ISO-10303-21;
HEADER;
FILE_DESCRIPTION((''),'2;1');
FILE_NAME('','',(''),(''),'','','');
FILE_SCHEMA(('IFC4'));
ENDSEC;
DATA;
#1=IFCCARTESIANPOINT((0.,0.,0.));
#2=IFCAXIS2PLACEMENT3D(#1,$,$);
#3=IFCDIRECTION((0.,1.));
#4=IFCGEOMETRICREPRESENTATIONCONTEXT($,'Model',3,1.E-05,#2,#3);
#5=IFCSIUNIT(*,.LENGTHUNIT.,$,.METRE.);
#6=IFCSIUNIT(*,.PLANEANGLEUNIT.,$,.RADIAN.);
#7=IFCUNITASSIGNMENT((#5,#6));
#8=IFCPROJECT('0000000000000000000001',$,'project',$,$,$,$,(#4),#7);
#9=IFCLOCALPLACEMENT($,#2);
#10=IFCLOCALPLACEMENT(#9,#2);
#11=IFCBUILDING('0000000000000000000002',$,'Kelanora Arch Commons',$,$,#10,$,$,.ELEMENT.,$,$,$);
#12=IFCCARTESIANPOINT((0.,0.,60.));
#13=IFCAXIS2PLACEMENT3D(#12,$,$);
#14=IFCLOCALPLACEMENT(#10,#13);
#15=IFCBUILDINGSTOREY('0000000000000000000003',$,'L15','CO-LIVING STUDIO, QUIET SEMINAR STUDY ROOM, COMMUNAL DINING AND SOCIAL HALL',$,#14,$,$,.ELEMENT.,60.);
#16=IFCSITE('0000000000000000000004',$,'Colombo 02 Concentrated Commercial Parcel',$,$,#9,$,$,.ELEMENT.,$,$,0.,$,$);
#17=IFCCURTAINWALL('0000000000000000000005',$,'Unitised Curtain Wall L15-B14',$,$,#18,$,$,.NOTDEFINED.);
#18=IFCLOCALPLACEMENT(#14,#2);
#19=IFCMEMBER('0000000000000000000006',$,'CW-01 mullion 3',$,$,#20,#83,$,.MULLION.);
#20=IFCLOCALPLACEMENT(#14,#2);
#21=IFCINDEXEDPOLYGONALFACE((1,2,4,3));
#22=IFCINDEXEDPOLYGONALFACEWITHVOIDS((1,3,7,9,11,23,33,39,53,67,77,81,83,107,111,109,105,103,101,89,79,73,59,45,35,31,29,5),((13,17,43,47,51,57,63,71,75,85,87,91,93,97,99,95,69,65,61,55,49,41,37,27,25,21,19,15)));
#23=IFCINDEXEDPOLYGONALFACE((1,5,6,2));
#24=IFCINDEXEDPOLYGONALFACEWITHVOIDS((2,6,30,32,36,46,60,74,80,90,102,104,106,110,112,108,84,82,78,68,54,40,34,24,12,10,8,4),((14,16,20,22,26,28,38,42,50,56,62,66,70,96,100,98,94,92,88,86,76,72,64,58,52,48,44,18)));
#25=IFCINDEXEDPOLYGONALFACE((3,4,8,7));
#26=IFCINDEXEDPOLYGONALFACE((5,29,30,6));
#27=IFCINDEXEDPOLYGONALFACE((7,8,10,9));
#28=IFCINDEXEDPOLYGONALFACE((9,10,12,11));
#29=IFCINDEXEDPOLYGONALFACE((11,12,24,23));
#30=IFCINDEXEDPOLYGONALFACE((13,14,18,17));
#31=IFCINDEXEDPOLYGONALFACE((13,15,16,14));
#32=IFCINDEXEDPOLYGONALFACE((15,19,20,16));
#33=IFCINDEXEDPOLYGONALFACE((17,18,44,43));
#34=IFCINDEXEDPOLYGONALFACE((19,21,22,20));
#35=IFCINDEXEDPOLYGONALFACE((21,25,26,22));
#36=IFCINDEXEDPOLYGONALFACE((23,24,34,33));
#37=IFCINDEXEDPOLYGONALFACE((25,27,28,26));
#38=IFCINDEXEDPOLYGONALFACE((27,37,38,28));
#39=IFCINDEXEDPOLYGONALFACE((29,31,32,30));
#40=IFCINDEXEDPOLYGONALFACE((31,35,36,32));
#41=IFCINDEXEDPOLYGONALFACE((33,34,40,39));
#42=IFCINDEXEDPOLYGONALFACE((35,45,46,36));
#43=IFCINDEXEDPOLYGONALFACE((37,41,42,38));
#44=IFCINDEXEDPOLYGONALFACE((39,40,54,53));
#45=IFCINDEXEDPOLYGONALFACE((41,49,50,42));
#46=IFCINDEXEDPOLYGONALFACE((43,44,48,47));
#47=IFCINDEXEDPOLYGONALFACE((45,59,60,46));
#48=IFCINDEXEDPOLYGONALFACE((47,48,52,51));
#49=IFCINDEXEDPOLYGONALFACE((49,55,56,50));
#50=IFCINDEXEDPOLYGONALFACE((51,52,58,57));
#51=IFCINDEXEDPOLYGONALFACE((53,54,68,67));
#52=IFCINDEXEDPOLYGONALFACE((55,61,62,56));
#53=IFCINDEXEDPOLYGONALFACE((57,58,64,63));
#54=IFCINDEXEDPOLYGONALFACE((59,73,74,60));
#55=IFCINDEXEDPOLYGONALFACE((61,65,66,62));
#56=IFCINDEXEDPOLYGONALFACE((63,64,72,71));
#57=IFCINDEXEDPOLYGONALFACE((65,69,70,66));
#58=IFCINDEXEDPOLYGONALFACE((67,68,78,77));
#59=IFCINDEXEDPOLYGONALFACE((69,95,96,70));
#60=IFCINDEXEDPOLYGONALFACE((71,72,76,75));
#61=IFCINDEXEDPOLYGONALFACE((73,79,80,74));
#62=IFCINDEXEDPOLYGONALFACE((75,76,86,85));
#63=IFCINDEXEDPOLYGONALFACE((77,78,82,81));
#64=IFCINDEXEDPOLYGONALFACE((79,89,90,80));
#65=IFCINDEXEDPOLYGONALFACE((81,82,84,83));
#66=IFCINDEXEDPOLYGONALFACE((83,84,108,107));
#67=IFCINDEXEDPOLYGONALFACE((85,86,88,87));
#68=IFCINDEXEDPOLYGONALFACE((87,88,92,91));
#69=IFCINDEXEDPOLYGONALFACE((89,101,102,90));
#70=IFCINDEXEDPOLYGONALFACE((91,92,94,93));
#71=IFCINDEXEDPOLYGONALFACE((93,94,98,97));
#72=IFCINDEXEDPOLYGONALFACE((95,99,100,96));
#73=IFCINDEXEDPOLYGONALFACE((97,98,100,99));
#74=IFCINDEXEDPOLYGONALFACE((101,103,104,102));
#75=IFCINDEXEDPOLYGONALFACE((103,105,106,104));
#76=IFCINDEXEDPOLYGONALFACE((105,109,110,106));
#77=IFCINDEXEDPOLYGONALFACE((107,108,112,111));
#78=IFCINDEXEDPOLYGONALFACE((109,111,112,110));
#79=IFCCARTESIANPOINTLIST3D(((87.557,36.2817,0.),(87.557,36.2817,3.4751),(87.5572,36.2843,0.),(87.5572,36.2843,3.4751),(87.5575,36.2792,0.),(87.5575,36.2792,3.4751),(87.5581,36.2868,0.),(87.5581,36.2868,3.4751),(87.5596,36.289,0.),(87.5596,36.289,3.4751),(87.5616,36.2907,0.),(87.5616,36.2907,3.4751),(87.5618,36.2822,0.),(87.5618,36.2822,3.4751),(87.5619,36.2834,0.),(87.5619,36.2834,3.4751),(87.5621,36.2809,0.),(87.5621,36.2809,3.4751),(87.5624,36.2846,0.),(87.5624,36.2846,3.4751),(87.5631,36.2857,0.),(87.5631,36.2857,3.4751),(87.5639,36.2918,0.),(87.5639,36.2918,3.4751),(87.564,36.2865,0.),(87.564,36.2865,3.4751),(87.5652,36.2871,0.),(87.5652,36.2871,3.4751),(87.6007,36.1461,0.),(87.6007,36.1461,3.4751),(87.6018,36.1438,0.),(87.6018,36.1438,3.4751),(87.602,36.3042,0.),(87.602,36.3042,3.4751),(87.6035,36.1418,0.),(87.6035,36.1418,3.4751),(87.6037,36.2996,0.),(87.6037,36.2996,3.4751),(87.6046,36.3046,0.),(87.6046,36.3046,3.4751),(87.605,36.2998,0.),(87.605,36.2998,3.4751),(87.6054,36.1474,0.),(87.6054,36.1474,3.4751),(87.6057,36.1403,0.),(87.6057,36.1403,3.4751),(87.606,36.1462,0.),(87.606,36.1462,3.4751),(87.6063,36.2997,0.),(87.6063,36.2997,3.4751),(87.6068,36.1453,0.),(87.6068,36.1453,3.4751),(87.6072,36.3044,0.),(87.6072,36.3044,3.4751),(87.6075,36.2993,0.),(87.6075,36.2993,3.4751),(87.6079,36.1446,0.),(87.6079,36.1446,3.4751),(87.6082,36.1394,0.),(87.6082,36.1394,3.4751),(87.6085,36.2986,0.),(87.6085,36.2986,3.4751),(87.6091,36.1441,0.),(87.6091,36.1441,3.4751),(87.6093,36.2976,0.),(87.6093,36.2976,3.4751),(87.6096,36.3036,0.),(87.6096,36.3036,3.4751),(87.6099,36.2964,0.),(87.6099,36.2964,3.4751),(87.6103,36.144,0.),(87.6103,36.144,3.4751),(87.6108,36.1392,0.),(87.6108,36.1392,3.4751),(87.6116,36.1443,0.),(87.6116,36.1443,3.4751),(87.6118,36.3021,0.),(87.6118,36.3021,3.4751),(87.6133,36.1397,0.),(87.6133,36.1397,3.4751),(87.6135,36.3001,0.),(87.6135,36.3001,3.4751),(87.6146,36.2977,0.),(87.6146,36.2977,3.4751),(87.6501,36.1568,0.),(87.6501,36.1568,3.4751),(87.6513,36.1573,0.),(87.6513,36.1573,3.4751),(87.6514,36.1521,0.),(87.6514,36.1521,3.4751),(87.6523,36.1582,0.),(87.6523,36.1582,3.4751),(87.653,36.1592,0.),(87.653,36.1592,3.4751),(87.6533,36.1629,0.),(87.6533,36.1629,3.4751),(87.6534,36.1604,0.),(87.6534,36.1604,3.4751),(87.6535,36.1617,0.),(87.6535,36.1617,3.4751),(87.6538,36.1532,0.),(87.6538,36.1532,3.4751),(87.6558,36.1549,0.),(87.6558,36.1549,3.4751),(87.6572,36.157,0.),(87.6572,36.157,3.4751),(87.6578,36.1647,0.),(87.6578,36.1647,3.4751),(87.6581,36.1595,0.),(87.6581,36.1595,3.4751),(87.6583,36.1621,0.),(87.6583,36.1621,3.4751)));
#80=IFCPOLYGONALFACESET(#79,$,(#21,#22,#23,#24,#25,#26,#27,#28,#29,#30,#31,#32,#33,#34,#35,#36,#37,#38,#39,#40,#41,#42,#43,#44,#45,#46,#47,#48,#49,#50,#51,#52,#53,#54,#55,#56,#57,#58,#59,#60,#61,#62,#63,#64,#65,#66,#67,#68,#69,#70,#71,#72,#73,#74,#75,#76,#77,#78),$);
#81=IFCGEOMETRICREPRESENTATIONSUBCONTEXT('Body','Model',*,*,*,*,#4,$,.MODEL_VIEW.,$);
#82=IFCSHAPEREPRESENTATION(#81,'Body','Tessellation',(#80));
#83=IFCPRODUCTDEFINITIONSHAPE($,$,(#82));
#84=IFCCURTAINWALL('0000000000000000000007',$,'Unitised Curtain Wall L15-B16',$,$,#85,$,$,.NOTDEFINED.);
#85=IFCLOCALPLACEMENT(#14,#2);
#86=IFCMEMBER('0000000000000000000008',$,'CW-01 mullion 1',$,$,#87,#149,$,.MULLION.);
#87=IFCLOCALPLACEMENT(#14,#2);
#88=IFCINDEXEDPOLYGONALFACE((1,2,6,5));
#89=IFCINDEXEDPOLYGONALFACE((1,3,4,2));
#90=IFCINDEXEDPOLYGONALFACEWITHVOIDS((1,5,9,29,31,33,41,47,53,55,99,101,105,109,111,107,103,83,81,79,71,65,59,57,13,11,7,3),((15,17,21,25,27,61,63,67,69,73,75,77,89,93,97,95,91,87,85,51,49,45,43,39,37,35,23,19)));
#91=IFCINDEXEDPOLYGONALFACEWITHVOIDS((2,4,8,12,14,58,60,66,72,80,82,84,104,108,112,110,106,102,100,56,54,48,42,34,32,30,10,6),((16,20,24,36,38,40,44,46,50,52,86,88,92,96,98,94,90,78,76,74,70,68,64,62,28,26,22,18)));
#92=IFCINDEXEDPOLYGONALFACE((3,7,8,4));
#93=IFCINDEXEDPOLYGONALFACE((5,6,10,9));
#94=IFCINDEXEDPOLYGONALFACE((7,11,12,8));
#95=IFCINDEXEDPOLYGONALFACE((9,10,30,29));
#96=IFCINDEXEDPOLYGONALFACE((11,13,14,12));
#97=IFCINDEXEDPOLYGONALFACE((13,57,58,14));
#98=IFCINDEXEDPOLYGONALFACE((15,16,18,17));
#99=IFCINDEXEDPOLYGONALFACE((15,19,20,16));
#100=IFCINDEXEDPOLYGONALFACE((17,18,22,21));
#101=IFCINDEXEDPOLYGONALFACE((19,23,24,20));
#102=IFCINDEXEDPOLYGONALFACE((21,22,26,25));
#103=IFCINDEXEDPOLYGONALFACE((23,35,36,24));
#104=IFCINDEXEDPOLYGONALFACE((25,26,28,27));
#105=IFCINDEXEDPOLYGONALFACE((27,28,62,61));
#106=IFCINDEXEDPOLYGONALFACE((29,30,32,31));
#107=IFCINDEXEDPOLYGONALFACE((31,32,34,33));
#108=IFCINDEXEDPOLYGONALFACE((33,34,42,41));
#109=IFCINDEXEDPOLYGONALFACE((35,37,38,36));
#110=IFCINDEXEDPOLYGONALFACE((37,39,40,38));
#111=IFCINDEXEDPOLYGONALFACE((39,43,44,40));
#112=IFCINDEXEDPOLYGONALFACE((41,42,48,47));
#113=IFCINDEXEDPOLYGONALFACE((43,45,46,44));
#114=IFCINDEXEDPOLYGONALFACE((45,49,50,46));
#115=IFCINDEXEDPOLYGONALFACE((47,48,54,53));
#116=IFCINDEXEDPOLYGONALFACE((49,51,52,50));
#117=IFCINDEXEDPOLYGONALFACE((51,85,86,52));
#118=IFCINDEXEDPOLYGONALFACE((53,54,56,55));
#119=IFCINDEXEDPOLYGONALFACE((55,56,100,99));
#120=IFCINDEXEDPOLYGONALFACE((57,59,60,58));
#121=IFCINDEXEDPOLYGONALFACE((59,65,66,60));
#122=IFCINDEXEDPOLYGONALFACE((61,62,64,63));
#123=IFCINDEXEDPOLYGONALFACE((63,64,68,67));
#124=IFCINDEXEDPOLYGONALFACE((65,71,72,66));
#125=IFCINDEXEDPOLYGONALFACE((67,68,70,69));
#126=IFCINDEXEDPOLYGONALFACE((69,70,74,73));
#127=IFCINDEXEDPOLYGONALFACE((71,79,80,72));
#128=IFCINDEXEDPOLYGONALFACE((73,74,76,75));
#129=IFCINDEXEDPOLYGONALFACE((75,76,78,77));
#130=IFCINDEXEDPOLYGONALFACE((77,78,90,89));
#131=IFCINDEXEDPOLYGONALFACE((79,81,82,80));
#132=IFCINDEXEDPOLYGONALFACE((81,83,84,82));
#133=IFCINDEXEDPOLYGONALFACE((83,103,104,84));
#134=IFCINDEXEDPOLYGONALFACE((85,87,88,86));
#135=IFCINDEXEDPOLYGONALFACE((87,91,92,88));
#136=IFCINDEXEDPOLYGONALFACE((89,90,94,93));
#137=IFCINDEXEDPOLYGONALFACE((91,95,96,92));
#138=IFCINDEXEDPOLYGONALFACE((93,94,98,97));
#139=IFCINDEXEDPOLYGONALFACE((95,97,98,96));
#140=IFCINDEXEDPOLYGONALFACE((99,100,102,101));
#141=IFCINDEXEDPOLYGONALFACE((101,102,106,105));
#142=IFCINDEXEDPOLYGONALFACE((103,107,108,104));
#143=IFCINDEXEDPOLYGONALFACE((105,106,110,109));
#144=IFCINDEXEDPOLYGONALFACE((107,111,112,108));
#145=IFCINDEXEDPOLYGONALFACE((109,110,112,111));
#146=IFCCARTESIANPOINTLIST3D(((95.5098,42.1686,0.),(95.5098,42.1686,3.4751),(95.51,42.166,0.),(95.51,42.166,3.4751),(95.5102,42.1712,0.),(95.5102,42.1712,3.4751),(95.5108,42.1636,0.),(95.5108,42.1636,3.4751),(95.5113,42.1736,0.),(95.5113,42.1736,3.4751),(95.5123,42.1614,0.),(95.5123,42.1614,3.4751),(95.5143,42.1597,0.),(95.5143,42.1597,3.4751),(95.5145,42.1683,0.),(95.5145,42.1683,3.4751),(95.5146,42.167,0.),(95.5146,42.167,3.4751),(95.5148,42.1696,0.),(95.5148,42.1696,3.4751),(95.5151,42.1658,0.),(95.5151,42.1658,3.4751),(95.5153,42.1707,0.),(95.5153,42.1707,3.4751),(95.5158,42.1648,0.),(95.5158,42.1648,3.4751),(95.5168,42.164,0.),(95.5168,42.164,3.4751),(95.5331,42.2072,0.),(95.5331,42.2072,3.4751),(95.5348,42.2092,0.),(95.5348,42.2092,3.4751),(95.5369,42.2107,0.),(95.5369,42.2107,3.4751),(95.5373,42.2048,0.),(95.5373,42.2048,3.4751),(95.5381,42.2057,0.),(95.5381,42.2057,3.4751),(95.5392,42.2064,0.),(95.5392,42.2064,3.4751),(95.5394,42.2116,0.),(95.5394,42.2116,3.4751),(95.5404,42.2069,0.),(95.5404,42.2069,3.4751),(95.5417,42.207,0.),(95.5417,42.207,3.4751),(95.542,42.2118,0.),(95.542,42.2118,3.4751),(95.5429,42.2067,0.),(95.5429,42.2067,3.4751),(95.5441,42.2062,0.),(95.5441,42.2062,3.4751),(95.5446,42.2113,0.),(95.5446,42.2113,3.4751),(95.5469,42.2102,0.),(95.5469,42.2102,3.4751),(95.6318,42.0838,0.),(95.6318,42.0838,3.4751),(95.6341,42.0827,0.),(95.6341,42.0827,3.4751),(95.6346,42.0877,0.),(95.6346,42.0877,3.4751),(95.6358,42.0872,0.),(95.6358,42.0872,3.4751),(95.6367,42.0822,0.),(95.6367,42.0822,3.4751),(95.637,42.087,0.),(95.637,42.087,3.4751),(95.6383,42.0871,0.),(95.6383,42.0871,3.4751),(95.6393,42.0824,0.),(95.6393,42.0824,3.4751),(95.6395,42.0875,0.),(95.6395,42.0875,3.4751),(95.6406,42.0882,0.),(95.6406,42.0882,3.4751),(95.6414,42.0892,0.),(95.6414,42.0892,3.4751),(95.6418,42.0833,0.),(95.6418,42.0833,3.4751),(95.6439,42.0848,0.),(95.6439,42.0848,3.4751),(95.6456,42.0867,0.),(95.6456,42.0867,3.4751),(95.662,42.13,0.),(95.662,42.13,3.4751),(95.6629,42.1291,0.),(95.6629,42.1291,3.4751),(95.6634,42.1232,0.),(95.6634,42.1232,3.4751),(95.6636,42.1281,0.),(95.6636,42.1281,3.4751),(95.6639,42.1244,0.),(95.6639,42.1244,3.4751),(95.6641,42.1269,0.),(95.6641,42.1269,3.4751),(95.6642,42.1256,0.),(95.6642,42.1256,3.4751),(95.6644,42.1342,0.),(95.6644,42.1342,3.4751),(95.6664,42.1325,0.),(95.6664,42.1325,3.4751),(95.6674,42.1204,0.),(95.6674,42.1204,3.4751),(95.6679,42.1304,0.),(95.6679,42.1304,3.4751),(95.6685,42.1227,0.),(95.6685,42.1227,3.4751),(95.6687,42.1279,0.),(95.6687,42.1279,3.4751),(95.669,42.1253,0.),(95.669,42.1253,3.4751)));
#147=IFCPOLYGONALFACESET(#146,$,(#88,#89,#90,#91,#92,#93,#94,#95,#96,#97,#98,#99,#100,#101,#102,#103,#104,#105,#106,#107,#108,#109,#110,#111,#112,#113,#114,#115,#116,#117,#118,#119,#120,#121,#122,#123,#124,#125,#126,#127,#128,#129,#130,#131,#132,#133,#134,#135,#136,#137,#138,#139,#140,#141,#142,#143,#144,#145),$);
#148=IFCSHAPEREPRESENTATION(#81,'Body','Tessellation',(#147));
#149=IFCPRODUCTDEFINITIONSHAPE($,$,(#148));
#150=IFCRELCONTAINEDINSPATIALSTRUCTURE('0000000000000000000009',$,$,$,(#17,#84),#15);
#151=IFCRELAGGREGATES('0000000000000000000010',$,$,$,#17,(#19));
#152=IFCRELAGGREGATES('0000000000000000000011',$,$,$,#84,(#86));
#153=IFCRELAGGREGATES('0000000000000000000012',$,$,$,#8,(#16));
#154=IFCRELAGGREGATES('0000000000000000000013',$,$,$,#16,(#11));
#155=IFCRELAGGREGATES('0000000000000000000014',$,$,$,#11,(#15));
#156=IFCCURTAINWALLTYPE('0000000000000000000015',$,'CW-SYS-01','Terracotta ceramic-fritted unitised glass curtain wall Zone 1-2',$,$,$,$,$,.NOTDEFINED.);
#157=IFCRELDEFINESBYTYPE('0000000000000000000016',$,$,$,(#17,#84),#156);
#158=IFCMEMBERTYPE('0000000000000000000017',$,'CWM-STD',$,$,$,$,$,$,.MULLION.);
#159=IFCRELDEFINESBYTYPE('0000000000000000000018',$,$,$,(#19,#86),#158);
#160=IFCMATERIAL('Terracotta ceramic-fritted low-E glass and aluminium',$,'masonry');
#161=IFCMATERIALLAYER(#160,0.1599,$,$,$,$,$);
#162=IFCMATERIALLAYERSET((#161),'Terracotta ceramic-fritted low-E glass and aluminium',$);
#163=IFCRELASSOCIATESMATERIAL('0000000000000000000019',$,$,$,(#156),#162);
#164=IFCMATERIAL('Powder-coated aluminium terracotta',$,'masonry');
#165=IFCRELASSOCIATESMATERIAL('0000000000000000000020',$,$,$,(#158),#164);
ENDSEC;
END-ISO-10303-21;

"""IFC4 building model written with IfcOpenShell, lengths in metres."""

from ifc_helpers import new_model, si_unit, direction, frame, origin, origin_2d, place, context, subcontext, project, spatial, hollow_rectangle, extrude, material, layer, layer_set, material_profile, profile_set, type_object, element, aggregate, save


model = new_model("IFC4")

# Units and contexts
model_context = context("Model", 3, precision=1e-05, world=origin(), true_north=direction((0.0, 1.0)))
body_context = subcontext(model_context, "Body", "Model", "MODEL_VIEW")
ifc_project = project(units=[si_unit("LENGTHUNIT", "METRE"), si_unit("PLANEANGLEUNIT", "RADIAN")], contexts=[model_context])

# Site, building, storey
site_placement = place(None, origin())
site = spatial("IfcSite", under=ifc_project, at=site_placement, Name="Colombo 02 Concentrated Commercial Parcel", CompositionType="ELEMENT", RefElevation=0.0)
building_placement = place(site_placement, origin())
building = spatial("IfcBuilding", under=site, at=building_placement, Name="Kelanora Arch Commons", CompositionType="ELEMENT")
storey_placement = place(building_placement, frame((0.0, 0.0, 60.0)))
storey = spatial("IfcBuildingStorey", under=building, at=storey_placement, Name="L15", Description="CO-LIVING STUDIO, QUIET SEMINAR STUDY ROOM, COMMUNAL DINING AND SOCIAL HALL", CompositionType="ELEMENT", Elevation=60.0)

# Curtain wall, member
ifc_material_1 = material(Name="Terracotta ceramic-fritted low-E glass and aluminium", Category="masonry")
ifc_layer_1 = layer(ifc_material_1, 0.1599)
ifc_layer_set_1 = layer_set([ifc_layer_1], Name="Terracotta ceramic-fritted low-E glass and aluminium")
curtain_wall_type = type_object("IfcCurtainWallType", Name="CW-SYS-01", Description="Terracotta ceramic-fritted unitised glass curtain wall Zone 1-2", PredefinedType="NOTDEFINED", material=ifc_layer_set_1)
curtain_wall_1_placement = place(storey_placement, origin())
curtain_wall_1 = element("IfcCurtainWall", 1, at=curtain_wall_1_placement, inside=storey, type_object=curtain_wall_type, Name="Unitised Curtain Wall L15-B14", PredefinedType="NOTDEFINED")
ifc_material_2 = material(Name="Powder-coated aluminium terracotta", Category="masonry")
ifc_material_profile_1 = material_profile(ifc_material_2, hollow_rectangle(XDim=0.1599, YDim=0.0601, WallThickness=0.0049, InnerFilletRadius=0.0049, OuterFilletRadius=0.01, at=origin_2d()), Name="CWM160x60")
ifc_profile_set_1 = profile_set([ifc_material_profile_1], Name="Powder-coated aluminium terracotta")
member_type_1 = type_object("IfcMemberType", Name="CWM-STD", PredefinedType="MULLION", material=ifc_profile_set_1)
member_1_placement = place(storey_placement, frame((87.6077, 36.2219, 0.0), z_axis=(0.0, 0.0, 1.0), x_axis=(-0.309058, 0.951043, 0.0)))
member_1 = element("IfcMember", 2, at=member_1_placement, type_object=member_type_1, Name="CW-01 mullion 3", PredefinedType="MULLION", context=body_context, shape_type="SweptSolid", body=[
    extrude(hollow_rectangle(XDim=0.1599, YDim=0.0601, WallThickness=0.0049, InnerFilletRadius=0.0049, OuterFilletRadius=0.01, at=origin_2d()), origin(), (0.0, 0.0, 1.0), 3.4751),
])
aggregate(curtain_wall_1, [member_1])

# Curtain wall, member
curtain_wall_2_placement = place(storey_placement, origin())
curtain_wall_2 = element("IfcCurtainWall", 3, at=curtain_wall_2_placement, inside=storey, type_object=curtain_wall_type, Name="Unitised Curtain Wall L15-B16", PredefinedType="NOTDEFINED")
member_2_placement = place(storey_placement, frame((95.5894, 42.147, 0.0), z_axis=(0.0, 0.0, 1.0), x_axis=(-0.83973, 0.543004, 0.0)))
member_2 = element("IfcMember", 4, at=member_2_placement, type_object=member_type_1, Name="CW-01 mullion 1", PredefinedType="MULLION", context=body_context, shape_type="SweptSolid", body=[
    extrude(hollow_rectangle(XDim=0.1599, YDim=0.0601, WallThickness=0.0049, InnerFilletRadius=0.0049, OuterFilletRadius=0.01, at=origin_2d()), origin(), (0.0, 0.0, 1.0), 3.4751),
])
aggregate(curtain_wall_2, [member_2])

save(model, "model.ifc")
